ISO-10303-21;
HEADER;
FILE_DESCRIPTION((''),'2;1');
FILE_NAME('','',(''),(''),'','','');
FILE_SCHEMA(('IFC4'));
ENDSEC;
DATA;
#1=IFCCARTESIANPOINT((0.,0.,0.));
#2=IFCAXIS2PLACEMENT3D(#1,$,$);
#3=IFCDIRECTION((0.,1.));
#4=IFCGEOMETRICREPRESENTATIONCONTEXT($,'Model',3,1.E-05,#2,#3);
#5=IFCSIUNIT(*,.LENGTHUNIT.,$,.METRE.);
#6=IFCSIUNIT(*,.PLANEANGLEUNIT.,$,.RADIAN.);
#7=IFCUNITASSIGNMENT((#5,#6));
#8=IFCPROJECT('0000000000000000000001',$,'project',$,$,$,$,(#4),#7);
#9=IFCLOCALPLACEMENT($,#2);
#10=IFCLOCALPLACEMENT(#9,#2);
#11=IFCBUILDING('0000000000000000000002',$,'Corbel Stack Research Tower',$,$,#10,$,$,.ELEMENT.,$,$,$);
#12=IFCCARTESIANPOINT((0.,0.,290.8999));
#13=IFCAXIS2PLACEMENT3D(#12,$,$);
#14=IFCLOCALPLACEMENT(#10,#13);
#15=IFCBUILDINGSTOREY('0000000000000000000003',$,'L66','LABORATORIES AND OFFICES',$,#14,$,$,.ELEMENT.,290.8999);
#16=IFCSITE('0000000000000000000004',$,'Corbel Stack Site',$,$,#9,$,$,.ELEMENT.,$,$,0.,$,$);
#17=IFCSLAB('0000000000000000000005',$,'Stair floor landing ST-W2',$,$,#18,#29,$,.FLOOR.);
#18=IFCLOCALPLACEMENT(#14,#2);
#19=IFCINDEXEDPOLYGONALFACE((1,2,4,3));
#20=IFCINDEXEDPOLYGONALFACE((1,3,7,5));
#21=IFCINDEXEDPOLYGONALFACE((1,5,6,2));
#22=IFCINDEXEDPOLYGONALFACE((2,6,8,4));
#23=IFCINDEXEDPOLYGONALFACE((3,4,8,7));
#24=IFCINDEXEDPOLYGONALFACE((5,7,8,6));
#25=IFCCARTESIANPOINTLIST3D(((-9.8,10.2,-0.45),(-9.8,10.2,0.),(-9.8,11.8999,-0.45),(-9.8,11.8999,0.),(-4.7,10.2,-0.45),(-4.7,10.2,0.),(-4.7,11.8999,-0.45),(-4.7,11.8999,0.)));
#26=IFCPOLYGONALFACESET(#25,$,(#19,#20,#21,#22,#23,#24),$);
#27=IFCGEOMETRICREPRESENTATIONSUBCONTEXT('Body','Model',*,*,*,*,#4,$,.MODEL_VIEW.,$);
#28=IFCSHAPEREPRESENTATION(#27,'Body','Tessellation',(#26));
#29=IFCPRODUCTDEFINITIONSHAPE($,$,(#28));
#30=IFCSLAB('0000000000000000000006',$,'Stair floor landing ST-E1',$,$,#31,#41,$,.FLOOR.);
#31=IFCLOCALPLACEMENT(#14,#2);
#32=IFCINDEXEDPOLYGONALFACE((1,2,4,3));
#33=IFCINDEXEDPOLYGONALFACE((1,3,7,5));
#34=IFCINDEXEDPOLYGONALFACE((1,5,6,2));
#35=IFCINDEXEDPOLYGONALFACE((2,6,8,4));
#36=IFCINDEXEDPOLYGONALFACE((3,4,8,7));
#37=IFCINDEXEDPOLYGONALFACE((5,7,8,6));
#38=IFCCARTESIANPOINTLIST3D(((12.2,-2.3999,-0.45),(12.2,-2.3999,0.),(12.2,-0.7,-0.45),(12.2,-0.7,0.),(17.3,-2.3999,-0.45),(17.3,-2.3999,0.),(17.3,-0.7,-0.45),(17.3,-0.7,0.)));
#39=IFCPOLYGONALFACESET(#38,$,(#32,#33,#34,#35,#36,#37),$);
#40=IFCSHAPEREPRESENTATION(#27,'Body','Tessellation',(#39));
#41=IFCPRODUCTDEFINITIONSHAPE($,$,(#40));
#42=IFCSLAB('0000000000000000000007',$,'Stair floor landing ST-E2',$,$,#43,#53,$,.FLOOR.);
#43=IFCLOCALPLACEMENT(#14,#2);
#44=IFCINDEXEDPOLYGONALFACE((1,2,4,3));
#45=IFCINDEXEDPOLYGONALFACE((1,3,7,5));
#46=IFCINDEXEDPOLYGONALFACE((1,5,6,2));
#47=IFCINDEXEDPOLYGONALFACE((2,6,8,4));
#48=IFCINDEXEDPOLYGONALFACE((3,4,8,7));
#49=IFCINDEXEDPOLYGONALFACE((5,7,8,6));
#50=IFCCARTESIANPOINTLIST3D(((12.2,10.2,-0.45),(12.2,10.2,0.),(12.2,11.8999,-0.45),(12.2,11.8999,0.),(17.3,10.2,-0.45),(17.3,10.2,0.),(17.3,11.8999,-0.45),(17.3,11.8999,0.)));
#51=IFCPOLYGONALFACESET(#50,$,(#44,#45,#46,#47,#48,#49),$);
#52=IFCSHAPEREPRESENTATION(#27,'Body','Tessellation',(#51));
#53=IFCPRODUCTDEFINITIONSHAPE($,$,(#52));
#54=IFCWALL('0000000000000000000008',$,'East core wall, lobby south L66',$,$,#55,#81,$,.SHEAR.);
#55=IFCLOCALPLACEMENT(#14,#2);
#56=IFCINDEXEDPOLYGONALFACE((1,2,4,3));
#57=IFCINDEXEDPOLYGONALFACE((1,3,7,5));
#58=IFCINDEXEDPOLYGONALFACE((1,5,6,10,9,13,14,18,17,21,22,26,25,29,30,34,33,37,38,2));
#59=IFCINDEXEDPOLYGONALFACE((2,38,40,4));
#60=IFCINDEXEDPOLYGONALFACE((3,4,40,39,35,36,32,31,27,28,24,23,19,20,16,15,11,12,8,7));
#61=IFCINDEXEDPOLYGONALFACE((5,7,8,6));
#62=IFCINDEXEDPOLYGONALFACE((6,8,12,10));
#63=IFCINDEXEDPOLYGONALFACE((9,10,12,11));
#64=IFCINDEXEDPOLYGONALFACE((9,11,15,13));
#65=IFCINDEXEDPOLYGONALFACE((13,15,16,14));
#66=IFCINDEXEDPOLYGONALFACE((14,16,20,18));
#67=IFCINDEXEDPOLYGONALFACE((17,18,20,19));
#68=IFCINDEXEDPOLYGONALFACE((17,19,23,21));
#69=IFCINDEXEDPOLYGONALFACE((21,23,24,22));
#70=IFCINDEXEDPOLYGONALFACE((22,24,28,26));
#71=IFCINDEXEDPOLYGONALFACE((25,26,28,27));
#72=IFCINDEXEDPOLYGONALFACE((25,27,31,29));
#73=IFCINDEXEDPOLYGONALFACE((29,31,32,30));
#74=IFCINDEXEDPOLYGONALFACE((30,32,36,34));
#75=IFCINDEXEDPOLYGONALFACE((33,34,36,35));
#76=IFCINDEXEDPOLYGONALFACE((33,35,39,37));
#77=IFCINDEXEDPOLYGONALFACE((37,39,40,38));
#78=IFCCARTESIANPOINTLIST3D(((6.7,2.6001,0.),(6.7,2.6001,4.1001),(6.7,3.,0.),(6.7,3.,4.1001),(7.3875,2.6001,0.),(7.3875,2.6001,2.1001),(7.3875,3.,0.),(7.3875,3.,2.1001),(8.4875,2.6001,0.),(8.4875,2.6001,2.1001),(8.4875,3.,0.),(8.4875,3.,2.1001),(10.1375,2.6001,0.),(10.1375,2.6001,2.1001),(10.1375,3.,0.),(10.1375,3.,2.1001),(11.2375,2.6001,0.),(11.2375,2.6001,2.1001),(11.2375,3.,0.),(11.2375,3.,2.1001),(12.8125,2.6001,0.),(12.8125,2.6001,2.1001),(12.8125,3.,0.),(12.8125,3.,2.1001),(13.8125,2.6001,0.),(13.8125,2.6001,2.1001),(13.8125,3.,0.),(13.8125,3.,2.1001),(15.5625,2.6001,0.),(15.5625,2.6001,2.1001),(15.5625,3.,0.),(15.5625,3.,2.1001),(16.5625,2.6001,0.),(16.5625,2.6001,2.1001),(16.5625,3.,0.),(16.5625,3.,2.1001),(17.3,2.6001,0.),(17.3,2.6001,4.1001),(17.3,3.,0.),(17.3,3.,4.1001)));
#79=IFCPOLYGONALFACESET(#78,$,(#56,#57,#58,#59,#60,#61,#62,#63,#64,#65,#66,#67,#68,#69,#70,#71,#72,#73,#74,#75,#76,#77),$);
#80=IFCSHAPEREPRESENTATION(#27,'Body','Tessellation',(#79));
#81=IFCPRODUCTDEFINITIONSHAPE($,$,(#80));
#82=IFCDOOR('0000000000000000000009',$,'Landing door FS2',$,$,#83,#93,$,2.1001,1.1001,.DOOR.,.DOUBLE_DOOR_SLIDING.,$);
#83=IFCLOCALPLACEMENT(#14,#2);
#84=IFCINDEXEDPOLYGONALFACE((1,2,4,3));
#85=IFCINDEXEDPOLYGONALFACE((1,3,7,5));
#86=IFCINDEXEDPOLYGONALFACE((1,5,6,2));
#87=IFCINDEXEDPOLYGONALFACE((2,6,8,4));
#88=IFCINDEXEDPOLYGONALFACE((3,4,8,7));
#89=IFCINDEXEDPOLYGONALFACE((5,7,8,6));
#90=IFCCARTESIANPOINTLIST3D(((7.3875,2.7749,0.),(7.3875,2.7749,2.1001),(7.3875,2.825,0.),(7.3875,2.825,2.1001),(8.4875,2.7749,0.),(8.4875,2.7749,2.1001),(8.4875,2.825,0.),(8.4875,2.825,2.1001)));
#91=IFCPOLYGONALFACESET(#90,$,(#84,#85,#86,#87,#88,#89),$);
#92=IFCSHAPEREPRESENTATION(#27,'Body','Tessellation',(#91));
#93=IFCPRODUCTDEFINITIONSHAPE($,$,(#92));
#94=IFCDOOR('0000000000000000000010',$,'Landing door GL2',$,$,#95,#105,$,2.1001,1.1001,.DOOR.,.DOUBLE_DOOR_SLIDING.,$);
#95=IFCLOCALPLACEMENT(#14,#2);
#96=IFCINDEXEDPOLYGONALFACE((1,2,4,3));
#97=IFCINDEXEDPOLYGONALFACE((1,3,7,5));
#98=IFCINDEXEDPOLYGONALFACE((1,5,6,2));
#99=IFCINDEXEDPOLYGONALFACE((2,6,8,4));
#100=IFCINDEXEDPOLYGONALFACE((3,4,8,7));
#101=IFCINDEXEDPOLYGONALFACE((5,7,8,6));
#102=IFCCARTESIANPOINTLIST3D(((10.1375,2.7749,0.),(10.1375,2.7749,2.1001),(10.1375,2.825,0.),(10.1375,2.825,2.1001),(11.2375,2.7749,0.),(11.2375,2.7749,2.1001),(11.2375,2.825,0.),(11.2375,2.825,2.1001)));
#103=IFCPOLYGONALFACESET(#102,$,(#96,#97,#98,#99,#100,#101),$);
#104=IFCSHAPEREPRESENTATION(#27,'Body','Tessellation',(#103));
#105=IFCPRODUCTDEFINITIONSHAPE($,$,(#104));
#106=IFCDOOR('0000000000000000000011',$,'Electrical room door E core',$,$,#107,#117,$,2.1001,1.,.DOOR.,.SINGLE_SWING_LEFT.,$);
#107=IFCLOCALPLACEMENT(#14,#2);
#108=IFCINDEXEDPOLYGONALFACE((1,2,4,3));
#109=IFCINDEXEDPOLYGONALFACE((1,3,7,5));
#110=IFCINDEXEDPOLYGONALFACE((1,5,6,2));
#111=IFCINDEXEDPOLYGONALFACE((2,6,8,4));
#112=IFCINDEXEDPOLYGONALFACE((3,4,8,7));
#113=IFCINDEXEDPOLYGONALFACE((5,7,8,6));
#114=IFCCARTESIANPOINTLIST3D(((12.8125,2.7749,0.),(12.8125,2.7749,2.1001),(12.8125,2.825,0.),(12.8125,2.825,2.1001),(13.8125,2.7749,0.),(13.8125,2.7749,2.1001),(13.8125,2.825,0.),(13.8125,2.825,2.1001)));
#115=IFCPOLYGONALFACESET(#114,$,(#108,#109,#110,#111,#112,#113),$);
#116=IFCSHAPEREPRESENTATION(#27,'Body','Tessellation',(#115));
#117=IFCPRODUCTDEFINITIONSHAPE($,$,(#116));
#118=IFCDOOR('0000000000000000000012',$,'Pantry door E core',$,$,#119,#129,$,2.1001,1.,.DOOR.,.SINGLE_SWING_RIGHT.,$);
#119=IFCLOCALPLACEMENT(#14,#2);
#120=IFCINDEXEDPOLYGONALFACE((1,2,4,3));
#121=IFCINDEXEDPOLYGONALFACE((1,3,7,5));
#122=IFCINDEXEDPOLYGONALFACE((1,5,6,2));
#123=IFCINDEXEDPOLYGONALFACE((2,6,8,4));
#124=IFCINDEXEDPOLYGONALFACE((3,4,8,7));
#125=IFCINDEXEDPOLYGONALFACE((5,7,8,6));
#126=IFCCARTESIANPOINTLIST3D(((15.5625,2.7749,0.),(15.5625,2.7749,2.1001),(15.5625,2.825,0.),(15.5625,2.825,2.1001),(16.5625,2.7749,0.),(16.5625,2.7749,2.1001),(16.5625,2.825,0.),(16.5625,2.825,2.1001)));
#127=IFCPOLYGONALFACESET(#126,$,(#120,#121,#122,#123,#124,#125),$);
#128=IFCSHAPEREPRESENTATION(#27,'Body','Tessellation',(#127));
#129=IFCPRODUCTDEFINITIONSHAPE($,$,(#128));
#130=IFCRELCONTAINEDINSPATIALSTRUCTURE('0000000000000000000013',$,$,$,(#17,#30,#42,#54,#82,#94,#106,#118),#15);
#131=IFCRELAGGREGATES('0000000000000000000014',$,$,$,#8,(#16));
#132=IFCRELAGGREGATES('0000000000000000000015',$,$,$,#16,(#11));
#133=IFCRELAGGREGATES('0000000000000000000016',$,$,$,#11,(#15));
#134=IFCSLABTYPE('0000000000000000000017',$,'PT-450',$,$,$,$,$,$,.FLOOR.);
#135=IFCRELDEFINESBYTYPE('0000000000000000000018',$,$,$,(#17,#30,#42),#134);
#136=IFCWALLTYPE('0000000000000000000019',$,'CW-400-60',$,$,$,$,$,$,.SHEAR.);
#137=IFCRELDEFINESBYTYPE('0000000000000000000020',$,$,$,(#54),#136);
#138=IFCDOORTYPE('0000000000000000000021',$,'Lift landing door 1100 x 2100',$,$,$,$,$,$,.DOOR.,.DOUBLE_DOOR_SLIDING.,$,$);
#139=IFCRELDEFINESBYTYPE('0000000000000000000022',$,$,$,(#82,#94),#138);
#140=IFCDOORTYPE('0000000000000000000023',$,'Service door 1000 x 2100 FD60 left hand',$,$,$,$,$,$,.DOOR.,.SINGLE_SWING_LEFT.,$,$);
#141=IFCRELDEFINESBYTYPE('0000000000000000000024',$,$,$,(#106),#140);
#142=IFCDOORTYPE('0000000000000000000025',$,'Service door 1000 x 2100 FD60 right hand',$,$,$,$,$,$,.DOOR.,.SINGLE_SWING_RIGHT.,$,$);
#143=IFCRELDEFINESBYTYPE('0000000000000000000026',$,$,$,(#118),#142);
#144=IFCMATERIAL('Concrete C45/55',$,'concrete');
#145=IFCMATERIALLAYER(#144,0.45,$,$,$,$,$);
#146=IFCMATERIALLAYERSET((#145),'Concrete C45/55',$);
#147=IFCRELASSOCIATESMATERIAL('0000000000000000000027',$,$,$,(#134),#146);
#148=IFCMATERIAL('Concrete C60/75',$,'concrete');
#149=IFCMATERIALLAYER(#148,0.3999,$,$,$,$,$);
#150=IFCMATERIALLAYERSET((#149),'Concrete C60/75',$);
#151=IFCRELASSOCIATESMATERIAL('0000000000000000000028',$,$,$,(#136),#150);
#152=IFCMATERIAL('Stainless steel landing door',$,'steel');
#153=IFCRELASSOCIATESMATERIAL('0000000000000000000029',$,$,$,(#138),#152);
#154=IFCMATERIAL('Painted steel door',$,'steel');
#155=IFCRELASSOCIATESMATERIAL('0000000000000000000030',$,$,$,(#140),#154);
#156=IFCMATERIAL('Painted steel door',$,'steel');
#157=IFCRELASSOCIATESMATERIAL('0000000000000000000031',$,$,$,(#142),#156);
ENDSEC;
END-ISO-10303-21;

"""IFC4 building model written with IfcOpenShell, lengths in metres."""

from ifc_helpers import new_model, si_unit, direction, frame, frame_2d, origin, place, context, subcontext, project, spatial, polyline, rectangle, outline, extrude, material, layer, layer_set, type_object, element, fill, save


model = new_model("IFC4")

# Units and contexts
model_context = context("Model", 3, precision=1e-05, world=origin(), true_north=direction((0.0, 1.0)))
body_context = subcontext(model_context, "Body", "Model", "MODEL_VIEW")
ifc_project = project(units=[si_unit("LENGTHUNIT", "METRE"), si_unit("PLANEANGLEUNIT", "RADIAN")], contexts=[model_context])

# Site, building, storey
site_placement = place(None, origin())
site = spatial("IfcSite", under=ifc_project, at=site_placement, Name="Corbel Stack Site", CompositionType="ELEMENT", RefElevation=0.0)
building_placement = place(site_placement, origin())
building = spatial("IfcBuilding", under=site, at=building_placement, Name="Corbel Stack Research Tower", CompositionType="ELEMENT")
storey_placement = place(building_placement, frame((0.0, 0.0, 290.8999)))
storey = spatial("IfcBuildingStorey", under=building, at=storey_placement, Name="L66", Description="LABORATORIES AND OFFICES", CompositionType="ELEMENT", Elevation=290.8999)

# Slabs
ifc_material_1 = material(Name="Concrete C45/55", Category="concrete")
ifc_layer_1 = layer(ifc_material_1, 0.45)
ifc_layer_set_1 = layer_set([ifc_layer_1], Name="Concrete C45/55")
slab_type = type_object("IfcSlabType", Name="PT-450", PredefinedType="FLOOR", material=ifc_layer_set_1)
slab_1_placement = place(storey_placement, frame((0.0, 0.0, -0.45)))
element("IfcSlab", 1, at=slab_1_placement, inside=storey, type_object=slab_type, Name="Stair floor landing ST-W2", PredefinedType="FLOOR", context=body_context, shape_type="SweptSolid", body=[
    extrude(outline(polyline([(-9.8, 10.2), (-4.7, 10.2), (-4.7, 11.8999), (-9.8, 11.8999), (-9.8, 10.2)])), origin(), (0.0, 0.0, 1.0), 0.45),
])
slab_2_placement = place(storey_placement, frame((0.0, 0.0, -0.45)))
element("IfcSlab", 2, at=slab_2_placement, inside=storey, type_object=slab_type, Name="Stair floor landing ST-E1", PredefinedType="FLOOR", context=body_context, shape_type="SweptSolid", body=[
    extrude(outline(polyline([(12.2, -2.3999), (17.3, -2.3999), (17.3, -0.7), (12.2, -0.7), (12.2, -2.3999)])), origin(), (0.0, 0.0, 1.0), 0.45),
])
slab_3_placement = place(storey_placement, frame((0.0, 0.0, -0.45)))
element("IfcSlab", 3, at=slab_3_placement, inside=storey, type_object=slab_type, Name="Stair floor landing ST-E2", PredefinedType="FLOOR", context=body_context, shape_type="SweptSolid", body=[
    extrude(outline(polyline([(12.2, 10.2), (17.3, 10.2), (17.3, 11.8999), (12.2, 11.8999), (12.2, 10.2)])), origin(), (0.0, 0.0, 1.0), 0.45),
])

# Wall, openings, doors
ifc_material_2 = material(Name="Concrete C60/75", Category="concrete")
ifc_layer_2 = layer(ifc_material_2, 0.3999)
ifc_layer_set_2 = layer_set([ifc_layer_2], Name="Concrete C60/75")
wall_type_1 = type_object("IfcWallType", Name="CW-400-60", PredefinedType="SHEAR", material=ifc_layer_set_2)
wall_1_placement = place(storey_placement, frame((6.7, 2.8, 0.0), z_axis=(0.0, 0.0, 1.0), x_axis=(1.0, 0.0, 0.0)))
wall_1 = element("IfcWall", 4, at=wall_1_placement, inside=storey, type_object=wall_type_1, Name="East core wall, lobby south L66", PredefinedType="SHEAR", context=body_context, shape_type="SweptSolid", body=[
    extrude(rectangle(XDim=10.6001, YDim=0.3999, at=frame_2d((5.3, 0.0))), origin(), (0.0, 0.0, 1.0), 4.1001),
])
opening_1_placement = place(wall_1_placement, frame((0.6875, 0.0, 0.0)))
opening_1 = element("IfcOpeningElement", 5, at=opening_1_placement, cuts=wall_1, PredefinedType="OPENING", context=body_context, shape_type="SweptSolid", body=[
    extrude(rectangle(XDim=1.1001, YDim=2.1001, at=frame_2d((0.55, 1.05))), frame((0.0, 0.21, 0.0), z_axis=(0.0, -1.0, 0.0), x_axis=(1.0, 0.0, 0.0)), (0.0, 0.0, 1.0), 0.4199),
])
opening_2_placement = place(wall_1_placement, frame((3.4375, 0.0, 0.0)))
opening_2 = element("IfcOpeningElement", 6, at=opening_2_placement, cuts=wall_1, PredefinedType="OPENING", context=body_context, shape_type="SweptSolid", body=[
    extrude(rectangle(XDim=1.1001, YDim=2.1001, at=frame_2d((0.55, 1.05))), frame((0.0, 0.21, 0.0), z_axis=(0.0, -1.0, 0.0), x_axis=(1.0, 0.0, 0.0)), (0.0, 0.0, 1.0), 0.4199),
])
opening_3_placement = place(wall_1_placement, frame((6.1125, 0.0, 0.0)))
opening_3 = element("IfcOpeningElement", 7, at=opening_3_placement, cuts=wall_1, PredefinedType="OPENING", context=body_context, shape_type="SweptSolid", body=[
    extrude(rectangle(XDim=1.0, YDim=2.1001, at=frame_2d((0.5, 1.05))), frame((0.0, 0.21, 0.0), z_axis=(0.0, -1.0, 0.0), x_axis=(1.0, 0.0, 0.0)), (0.0, 0.0, 1.0), 0.4199),
])
opening_4_placement = place(wall_1_placement, frame((8.8625, 0.0, 0.0)))
opening_4 = element("IfcOpeningElement", 8, at=opening_4_placement, cuts=wall_1, PredefinedType="OPENING", context=body_context, shape_type="SweptSolid", body=[
    extrude(rectangle(XDim=1.0, YDim=2.1001, at=frame_2d((0.5, 1.05))), frame((0.0, 0.21, 0.0), z_axis=(0.0, -1.0, 0.0), x_axis=(1.0, 0.0, 0.0)), (0.0, 0.0, 1.0), 0.4199),
])
ifc_material_3 = material(Name="Stainless steel landing door", Category="steel")
door_type_1 = type_object("IfcDoorType", Name="Lift landing door 1100 x 2100", OperationType="DOUBLE_DOOR_SLIDING", PredefinedType="DOOR", material=ifc_material_3)
door_1_placement = place(opening_1_placement, origin())
door_1 = element("IfcDoor", 9, at=door_1_placement, inside=storey, type_object=door_type_1, Name="Landing door FS2", OperationType="DOUBLE_DOOR_SLIDING", OverallHeight=2.1001, OverallWidth=1.1001, PredefinedType="DOOR", context=body_context, shape_type="SweptSolid", body=[
    extrude(rectangle(XDim=1.1001, YDim=2.1001, at=frame_2d((0.55, 1.05))), frame((0.0, 0.0249, 0.0), z_axis=(0.0, -1.0, 0.0), x_axis=(1.0, 0.0, 0.0)), (0.0, 0.0, 1.0), 0.05),
])
fill(opening_1, door_1)
door_2_placement = place(opening_2_placement, origin())
door_2 = element("IfcDoor", 10, at=door_2_placement, inside=storey, type_object=door_type_1, Name="Landing door GL2", OperationType="DOUBLE_DOOR_SLIDING", OverallHeight=2.1001, OverallWidth=1.1001, PredefinedType="DOOR", context=body_context, shape_type="SweptSolid", body=[
    extrude(rectangle(XDim=1.1001, YDim=2.1001, at=frame_2d((0.55, 1.05))), frame((0.0, 0.0249, 0.0), z_axis=(0.0, -1.0, 0.0), x_axis=(1.0, 0.0, 0.0)), (0.0, 0.0, 1.0), 0.05),
])
fill(opening_2, door_2)
ifc_material_4 = material(Name="Painted steel door", Category="steel")
door_type_2 = type_object("IfcDoorType", Name="Service door 1000 x 2100 FD60 left hand", OperationType="SINGLE_SWING_LEFT", PredefinedType="DOOR", material=ifc_material_4)
door_3_placement = place(opening_3_placement, origin())
door_3 = element("IfcDoor", 11, at=door_3_placement, inside=storey, type_object=door_type_2, Name="Electrical room door E core", OperationType="SINGLE_SWING_LEFT", OverallHeight=2.1001, OverallWidth=1.0, PredefinedType="DOOR", context=body_context, shape_type="SweptSolid", body=[
    extrude(rectangle(XDim=1.0, YDim=2.1001, at=frame_2d((0.5, 1.05))), frame((0.0, 0.0249, 0.0), z_axis=(0.0, -1.0, 0.0), x_axis=(1.0, 0.0, 0.0)), (0.0, 0.0, 1.0), 0.05),
])
fill(opening_3, door_3)
ifc_material_5 = material(Name="Painted steel door", Category="steel")
door_type_3 = type_object("IfcDoorType", Name="Service door 1000 x 2100 FD60 right hand", OperationType="SINGLE_SWING_RIGHT", PredefinedType="DOOR", material=ifc_material_5)
door_4_placement = place(opening_4_placement, origin())
door_4 = element("IfcDoor", 12, at=door_4_placement, inside=storey, type_object=door_type_3, Name="Pantry door E core", OperationType="SINGLE_SWING_RIGHT", OverallHeight=2.1001, OverallWidth=1.0, PredefinedType="DOOR", context=body_context, shape_type="SweptSolid", body=[
    extrude(rectangle(XDim=1.0, YDim=2.1001, at=frame_2d((0.5, 1.05))), frame((0.0, 0.0249, 0.0), z_axis=(0.0, -1.0, 0.0), x_axis=(1.0, 0.0, 0.0)), (0.0, 0.0, 1.0), 0.05),
])
fill(opening_4, door_4)

save(model, "model.ifc")
